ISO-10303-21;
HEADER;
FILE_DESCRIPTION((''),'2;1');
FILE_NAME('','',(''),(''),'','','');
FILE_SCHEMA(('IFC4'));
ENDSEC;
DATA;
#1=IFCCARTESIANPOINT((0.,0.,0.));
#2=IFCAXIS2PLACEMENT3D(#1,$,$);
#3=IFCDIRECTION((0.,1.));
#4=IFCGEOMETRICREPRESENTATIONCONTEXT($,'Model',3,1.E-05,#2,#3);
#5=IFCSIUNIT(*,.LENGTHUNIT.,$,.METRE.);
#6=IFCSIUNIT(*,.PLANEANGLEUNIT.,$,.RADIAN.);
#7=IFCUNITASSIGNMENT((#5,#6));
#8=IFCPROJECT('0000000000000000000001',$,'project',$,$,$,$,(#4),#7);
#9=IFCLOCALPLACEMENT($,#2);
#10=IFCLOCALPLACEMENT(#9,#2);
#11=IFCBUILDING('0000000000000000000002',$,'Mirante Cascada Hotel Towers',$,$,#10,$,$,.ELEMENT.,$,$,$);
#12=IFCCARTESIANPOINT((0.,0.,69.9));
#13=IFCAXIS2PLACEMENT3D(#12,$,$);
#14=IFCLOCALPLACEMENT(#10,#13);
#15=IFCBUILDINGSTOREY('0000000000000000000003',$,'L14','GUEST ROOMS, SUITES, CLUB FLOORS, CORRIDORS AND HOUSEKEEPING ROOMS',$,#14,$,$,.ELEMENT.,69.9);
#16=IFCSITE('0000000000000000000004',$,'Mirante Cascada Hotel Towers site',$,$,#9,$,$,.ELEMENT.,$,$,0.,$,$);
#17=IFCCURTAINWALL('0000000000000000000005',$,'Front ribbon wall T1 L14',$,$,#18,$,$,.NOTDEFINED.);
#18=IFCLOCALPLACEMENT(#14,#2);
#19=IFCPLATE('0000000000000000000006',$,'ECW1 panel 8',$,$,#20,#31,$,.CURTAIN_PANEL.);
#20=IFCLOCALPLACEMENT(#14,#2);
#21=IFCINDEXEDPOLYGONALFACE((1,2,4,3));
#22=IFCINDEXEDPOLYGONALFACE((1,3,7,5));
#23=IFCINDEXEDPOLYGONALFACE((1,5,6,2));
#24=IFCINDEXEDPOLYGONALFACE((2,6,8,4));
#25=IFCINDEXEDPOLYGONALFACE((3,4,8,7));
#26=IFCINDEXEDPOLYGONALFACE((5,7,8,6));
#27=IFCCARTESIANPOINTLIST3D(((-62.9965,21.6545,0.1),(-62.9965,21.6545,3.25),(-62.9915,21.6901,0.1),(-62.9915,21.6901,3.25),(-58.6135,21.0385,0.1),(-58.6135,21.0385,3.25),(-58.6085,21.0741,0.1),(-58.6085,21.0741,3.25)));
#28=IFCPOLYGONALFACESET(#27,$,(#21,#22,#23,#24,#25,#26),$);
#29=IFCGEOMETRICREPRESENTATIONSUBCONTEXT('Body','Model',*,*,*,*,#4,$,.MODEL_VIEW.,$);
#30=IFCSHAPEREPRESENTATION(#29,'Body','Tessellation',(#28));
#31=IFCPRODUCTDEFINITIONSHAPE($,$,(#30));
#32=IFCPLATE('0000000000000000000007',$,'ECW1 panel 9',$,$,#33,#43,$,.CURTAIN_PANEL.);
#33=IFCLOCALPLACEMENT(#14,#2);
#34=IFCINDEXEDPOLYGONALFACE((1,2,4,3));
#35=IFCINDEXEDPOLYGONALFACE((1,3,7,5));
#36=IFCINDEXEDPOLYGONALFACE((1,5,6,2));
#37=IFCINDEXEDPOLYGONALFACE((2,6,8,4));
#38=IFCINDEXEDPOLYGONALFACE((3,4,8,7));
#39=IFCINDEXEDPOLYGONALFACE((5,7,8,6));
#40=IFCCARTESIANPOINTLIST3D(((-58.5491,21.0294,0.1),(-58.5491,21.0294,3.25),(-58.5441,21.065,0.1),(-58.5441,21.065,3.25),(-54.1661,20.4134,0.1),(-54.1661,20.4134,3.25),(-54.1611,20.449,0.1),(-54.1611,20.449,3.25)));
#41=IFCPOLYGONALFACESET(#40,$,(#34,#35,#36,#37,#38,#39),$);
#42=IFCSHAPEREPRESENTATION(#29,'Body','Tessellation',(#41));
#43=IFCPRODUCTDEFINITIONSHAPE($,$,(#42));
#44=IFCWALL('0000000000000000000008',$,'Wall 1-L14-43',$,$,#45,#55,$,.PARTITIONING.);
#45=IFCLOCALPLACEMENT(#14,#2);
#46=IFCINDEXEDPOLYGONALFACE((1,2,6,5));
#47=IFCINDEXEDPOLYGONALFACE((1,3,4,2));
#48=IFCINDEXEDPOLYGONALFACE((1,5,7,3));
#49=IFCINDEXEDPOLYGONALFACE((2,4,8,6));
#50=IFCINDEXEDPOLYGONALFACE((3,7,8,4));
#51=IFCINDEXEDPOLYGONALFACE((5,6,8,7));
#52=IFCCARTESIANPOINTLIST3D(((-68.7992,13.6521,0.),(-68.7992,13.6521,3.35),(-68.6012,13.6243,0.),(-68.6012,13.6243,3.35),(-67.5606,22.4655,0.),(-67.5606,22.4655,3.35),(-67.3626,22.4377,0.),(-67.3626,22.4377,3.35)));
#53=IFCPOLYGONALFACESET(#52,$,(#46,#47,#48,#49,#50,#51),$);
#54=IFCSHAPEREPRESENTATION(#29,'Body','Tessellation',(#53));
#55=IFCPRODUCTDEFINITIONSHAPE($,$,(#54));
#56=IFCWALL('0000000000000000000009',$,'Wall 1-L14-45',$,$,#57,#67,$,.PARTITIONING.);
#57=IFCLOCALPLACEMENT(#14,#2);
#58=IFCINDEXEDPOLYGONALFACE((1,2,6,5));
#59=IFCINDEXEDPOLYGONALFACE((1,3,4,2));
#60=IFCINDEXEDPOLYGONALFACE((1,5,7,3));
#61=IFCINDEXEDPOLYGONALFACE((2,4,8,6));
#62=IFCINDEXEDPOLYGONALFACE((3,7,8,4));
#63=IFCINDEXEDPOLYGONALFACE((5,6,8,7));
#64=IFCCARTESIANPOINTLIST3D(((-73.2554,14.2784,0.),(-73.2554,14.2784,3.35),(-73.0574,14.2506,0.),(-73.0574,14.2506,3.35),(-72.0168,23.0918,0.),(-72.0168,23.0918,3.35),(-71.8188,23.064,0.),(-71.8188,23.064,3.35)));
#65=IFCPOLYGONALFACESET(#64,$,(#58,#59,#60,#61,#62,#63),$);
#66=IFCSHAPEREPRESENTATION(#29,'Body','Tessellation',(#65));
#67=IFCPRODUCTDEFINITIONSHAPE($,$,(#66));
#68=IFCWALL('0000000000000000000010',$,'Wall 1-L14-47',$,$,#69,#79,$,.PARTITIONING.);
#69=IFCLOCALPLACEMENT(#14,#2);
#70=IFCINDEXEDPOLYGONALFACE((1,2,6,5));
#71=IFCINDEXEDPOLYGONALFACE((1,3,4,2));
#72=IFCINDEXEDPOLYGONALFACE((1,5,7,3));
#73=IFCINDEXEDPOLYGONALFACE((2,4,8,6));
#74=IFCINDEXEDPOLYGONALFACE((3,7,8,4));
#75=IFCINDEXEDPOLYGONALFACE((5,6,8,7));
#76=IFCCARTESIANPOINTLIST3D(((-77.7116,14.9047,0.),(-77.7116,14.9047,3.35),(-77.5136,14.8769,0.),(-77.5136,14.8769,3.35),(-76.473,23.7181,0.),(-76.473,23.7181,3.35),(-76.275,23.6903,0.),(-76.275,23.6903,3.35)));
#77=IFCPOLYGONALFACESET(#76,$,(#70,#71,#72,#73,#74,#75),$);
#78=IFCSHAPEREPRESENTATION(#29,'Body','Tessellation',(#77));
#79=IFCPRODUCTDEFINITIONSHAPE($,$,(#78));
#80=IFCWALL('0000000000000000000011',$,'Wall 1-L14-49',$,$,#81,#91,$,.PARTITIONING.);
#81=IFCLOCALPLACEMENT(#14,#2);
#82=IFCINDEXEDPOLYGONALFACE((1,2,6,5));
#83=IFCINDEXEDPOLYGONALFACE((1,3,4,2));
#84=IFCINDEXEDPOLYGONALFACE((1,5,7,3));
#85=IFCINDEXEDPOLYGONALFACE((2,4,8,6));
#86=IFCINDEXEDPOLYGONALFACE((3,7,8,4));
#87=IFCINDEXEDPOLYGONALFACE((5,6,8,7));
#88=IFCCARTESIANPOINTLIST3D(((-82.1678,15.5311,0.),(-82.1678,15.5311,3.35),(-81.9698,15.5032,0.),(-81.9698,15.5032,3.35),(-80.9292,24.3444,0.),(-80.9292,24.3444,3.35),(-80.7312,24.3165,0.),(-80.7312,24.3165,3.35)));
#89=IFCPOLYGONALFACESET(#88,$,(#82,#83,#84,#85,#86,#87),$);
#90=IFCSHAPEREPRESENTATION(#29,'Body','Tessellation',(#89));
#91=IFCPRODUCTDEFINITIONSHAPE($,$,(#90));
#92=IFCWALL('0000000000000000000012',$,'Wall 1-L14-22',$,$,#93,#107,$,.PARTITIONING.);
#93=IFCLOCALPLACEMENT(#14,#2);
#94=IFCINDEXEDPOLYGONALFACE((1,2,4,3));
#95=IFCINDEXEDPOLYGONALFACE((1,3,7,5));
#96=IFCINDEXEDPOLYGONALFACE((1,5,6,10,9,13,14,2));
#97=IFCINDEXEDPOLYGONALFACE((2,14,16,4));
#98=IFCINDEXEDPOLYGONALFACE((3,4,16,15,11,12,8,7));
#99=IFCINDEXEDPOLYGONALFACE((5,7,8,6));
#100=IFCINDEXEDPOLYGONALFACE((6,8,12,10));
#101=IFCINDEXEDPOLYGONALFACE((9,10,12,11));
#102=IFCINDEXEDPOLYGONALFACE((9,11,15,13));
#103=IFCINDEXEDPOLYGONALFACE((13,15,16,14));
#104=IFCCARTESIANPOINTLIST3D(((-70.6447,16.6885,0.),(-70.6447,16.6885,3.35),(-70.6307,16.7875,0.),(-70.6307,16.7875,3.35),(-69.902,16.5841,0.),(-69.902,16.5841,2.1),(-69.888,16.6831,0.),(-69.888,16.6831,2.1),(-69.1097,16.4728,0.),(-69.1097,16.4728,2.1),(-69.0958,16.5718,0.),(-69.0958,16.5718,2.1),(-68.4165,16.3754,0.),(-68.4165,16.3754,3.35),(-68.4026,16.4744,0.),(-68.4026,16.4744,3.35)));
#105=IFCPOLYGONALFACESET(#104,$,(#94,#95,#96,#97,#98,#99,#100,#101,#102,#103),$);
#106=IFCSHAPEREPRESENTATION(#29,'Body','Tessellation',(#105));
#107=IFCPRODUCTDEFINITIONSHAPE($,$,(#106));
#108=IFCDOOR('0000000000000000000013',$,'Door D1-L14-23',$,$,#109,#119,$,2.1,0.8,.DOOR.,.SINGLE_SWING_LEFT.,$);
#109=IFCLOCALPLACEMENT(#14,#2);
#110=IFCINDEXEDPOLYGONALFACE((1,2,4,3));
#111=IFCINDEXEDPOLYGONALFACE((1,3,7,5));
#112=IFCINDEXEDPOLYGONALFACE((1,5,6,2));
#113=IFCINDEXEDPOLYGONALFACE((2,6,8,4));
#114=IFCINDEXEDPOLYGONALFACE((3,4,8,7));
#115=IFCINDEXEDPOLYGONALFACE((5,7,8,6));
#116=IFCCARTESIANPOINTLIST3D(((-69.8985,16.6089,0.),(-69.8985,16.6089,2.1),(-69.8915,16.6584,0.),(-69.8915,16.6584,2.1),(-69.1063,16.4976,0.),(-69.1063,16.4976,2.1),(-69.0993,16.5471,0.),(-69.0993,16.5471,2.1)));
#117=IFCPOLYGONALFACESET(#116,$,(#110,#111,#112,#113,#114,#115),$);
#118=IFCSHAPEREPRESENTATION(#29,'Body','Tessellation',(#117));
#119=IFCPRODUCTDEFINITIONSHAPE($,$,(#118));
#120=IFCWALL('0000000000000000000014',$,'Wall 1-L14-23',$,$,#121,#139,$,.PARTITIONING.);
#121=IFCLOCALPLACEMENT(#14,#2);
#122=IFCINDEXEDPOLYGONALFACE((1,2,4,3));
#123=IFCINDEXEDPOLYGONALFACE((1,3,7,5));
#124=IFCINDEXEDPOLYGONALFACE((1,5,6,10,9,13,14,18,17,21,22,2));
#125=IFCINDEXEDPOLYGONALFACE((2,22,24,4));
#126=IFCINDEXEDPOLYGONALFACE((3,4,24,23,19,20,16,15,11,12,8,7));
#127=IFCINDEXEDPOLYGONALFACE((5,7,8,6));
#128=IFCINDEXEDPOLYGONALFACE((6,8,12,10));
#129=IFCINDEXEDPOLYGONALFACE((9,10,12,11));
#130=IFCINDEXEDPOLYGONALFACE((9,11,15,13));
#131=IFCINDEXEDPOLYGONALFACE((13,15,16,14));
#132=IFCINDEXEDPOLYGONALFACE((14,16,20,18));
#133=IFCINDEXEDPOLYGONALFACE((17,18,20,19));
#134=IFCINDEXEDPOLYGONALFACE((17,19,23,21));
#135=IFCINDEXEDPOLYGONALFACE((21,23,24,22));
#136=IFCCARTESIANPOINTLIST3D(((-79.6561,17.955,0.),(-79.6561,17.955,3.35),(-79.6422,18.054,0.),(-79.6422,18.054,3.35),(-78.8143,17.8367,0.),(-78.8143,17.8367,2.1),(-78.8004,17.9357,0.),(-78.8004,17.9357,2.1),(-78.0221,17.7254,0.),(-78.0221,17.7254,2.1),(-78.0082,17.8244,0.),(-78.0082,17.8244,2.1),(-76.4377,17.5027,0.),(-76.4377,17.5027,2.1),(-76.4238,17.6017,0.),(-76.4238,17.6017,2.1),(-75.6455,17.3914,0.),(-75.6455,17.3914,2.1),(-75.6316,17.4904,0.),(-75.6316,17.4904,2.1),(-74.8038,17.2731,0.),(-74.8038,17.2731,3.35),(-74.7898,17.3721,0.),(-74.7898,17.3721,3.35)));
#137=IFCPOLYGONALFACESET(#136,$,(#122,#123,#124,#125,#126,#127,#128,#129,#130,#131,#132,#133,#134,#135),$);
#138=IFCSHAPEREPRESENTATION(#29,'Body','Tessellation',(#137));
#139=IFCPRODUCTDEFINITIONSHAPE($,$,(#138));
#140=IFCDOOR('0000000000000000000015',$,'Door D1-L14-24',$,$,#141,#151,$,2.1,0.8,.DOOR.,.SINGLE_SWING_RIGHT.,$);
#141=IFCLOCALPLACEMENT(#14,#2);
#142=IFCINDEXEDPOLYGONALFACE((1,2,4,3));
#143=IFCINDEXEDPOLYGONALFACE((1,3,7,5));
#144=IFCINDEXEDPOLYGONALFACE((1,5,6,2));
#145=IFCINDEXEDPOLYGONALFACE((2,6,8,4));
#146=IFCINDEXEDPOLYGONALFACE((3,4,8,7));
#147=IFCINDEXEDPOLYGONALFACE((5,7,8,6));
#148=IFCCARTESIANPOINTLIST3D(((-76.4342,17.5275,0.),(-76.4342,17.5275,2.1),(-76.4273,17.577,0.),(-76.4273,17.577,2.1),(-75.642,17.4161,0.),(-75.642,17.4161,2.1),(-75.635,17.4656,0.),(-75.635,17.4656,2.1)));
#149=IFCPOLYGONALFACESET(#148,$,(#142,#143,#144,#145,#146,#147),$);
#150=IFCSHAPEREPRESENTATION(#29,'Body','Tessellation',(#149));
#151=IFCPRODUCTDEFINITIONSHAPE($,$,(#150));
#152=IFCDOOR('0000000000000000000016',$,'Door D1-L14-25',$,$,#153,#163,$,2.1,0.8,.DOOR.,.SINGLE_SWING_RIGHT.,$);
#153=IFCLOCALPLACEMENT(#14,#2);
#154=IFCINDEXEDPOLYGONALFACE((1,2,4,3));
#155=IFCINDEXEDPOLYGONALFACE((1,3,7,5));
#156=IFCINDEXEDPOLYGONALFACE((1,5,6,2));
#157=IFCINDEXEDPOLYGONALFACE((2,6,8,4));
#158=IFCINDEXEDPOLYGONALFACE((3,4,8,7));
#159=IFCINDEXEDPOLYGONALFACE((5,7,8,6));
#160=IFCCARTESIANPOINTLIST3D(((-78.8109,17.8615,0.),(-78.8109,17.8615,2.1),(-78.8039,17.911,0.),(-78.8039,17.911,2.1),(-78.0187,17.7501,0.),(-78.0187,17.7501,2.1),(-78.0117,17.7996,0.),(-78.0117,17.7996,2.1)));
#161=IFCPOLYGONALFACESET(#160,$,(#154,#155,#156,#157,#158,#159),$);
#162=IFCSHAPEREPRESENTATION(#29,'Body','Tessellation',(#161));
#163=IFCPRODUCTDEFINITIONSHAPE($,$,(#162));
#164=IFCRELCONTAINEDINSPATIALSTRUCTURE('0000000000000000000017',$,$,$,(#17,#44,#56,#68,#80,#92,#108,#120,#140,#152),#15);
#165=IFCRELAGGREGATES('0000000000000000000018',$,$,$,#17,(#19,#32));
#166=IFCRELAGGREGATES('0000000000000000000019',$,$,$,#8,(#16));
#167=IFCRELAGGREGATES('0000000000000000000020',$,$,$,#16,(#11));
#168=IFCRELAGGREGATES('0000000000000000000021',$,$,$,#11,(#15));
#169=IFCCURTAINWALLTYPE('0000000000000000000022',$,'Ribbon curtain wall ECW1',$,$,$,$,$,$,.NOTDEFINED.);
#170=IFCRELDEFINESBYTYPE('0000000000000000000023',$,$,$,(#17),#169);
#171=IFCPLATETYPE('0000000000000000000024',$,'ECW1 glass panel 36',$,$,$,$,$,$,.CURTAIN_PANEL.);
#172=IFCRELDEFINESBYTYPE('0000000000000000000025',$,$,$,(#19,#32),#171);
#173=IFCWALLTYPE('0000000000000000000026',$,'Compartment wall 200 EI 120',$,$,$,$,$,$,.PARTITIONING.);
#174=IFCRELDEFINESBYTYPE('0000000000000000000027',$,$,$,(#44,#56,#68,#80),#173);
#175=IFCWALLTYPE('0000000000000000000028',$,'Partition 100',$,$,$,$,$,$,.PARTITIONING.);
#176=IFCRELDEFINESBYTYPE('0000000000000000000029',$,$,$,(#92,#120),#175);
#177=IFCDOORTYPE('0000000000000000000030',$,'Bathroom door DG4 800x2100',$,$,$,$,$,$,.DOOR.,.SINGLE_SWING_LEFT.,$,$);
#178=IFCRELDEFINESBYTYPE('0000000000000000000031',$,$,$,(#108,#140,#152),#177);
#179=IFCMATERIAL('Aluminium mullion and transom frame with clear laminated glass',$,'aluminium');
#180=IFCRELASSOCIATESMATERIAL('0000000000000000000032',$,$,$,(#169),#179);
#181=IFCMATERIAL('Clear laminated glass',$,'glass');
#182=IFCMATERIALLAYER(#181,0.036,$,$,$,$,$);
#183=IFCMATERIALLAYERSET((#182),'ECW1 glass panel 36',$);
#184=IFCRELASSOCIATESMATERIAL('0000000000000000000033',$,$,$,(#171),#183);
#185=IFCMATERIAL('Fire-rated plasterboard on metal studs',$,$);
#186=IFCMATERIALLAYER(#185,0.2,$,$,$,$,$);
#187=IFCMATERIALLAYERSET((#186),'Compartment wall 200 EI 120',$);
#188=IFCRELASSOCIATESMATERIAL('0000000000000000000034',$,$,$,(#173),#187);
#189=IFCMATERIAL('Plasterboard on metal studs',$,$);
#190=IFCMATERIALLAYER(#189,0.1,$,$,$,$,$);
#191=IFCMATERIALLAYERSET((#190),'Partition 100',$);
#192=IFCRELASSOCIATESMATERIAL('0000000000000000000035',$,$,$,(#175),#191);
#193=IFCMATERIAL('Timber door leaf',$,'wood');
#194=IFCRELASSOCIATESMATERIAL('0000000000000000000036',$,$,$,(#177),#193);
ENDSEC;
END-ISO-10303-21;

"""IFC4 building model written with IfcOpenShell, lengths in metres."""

from ifc_helpers import new_model, si_unit, direction, frame, frame_2d, origin, origin_2d, place, context, subcontext, project, spatial, rectangle, extrude, material, layer, layer_set, type_object, element, fill, aggregate, save


model = new_model("IFC4")

# Units and contexts
model_context = context("Model", 3, precision=1e-05, world=origin(), true_north=direction((0.0, 1.0)))
body_context = subcontext(model_context, "Body", "Model", "MODEL_VIEW")
ifc_project = project(units=[si_unit("LENGTHUNIT", "METRE"), si_unit("PLANEANGLEUNIT", "RADIAN")], contexts=[model_context])

# Site, building, storey
site_placement = place(None, origin())
site = spatial("IfcSite", under=ifc_project, at=site_placement, Name="Mirante Cascada Hotel Towers site", CompositionType="ELEMENT", RefElevation=0.0)
building_placement = place(site_placement, origin())
building = spatial("IfcBuilding", under=site, at=building_placement, Name="Mirante Cascada Hotel Towers", CompositionType="ELEMENT")
storey_placement = place(building_placement, frame((0.0, 0.0, 69.9)))
storey = spatial("IfcBuildingStorey", under=building, at=storey_placement, Name="L14", Description="GUEST ROOMS, SUITES, CLUB FLOORS, CORRIDORS AND HOUSEKEEPING ROOMS", CompositionType="ELEMENT", Elevation=69.9)

# Curtain wall, plates
ifc_material_1 = material(Name="Aluminium mullion and transom frame with clear laminated glass", Category="aluminium")
curtain_wall_type = type_object("IfcCurtainWallType", Name="Ribbon curtain wall ECW1", PredefinedType="NOTDEFINED", material=ifc_material_1)
curtain_wall_placement = place(storey_placement, origin())
curtain_wall = element("IfcCurtainWall", 1, at=curtain_wall_placement, inside=storey, type_object=curtain_wall_type, Name="Front ribbon wall T1 L14", PredefinedType="NOTDEFINED")
ifc_material_2 = material(Name="Clear laminated glass", Category="glass")
ifc_layer_1 = layer(ifc_material_2, 0.036)
ifc_layer_set_1 = layer_set([ifc_layer_1], Name="ECW1 glass panel 36")
plate_type = type_object("IfcPlateType", Name="ECW1 glass panel 36", PredefinedType="CURTAIN_PANEL", material=ifc_layer_set_1)
plate_1_placement = place(storey_placement, frame((-60.8025, 21.3643, 0.1), z_axis=(0.0, 0.0, 1.0), x_axis=(0.990268, -0.139173, 0.0)))
plate_1 = element("IfcPlate", 2, at=plate_1_placement, type_object=plate_type, Name="ECW1 panel 8", PredefinedType="CURTAIN_PANEL", context=body_context, shape_type="SweptSolid", body=[
    extrude(rectangle(XDim=4.4261, YDim=0.036, at=origin_2d()), origin(), (0.0, 0.0, 1.0), 3.15),
])
plate_2_placement = place(storey_placement, frame((-56.3551, 20.7392, 0.1), z_axis=(0.0, 0.0, 1.0), x_axis=(0.990268, -0.139173, 0.0)))
plate_2 = element("IfcPlate", 3, at=plate_2_placement, type_object=plate_type, Name="ECW1 panel 9", PredefinedType="CURTAIN_PANEL", context=body_context, shape_type="SweptSolid", body=[
    extrude(rectangle(XDim=4.4261, YDim=0.036, at=origin_2d()), origin(), (0.0, 0.0, 1.0), 3.15),
])
aggregate(curtain_wall, [plate_1, plate_2])

# Walls
ifc_material_3 = material(Name="Fire-rated plasterboard on metal studs")
ifc_layer_2 = layer(ifc_material_3, 0.2)
ifc_layer_set_2 = layer_set([ifc_layer_2], Name="Compartment wall 200 EI 120")
wall_type_1 = type_object("IfcWallType", Name="Compartment wall 200 EI 120", PredefinedType="PARTITIONING", material=ifc_layer_set_2)
for number, where, z_axis, x_axis, name in (
    (4, (-68.7002, 13.6382, 0.0), (0.0, 0.0, 1.0), (0.139168, 0.990269, 0.0), "Wall 1-L14-43"),
    (5, (-73.1564, 14.2645, 0.0), (0.0, 0.0, 1.0), (0.139168, 0.990269, 0.0), "Wall 1-L14-45"),
    (6, (-77.6126, 14.8908, 0.0), (0.0, 0.0, 1.0), (0.139168, 0.990269, 0.0), "Wall 1-L14-47"),
):
    element("IfcWall", number, at=place(storey_placement, frame(where, z_axis=z_axis, x_axis=x_axis)), inside=storey, type_object=wall_type_1, Name=name, PredefinedType="PARTITIONING", context=body_context, shape_type="SweptSolid", body=[
        extrude(rectangle(XDim=8.9, YDim=0.2, at=frame_2d((4.45, 0.0))), origin(), (0.0, 0.0, 1.0), 3.35),
    ])
wall_1_placement = place(storey_placement, frame((-82.0688, 15.5171, 0.0), z_axis=(0.0, 0.0, 1.0), x_axis=(0.13917, 0.990268, 0.0)))
element("IfcWall", 7, at=wall_1_placement, inside=storey, type_object=wall_type_1, Name="Wall 1-L14-49", PredefinedType="PARTITIONING", context=body_context, shape_type="SweptSolid", body=[
    extrude(rectangle(XDim=8.8999, YDim=0.2, at=frame_2d((4.45, 0.0))), origin(), (0.0, 0.0, 1.0), 3.35),
])

# Wall, opening, door
ifc_material_4 = material(Name="Plasterboard on metal studs")
ifc_layer_3 = layer(ifc_material_4, 0.1)
ifc_layer_set_3 = layer_set([ifc_layer_3], Name="Partition 100")
wall_type_2 = type_object("IfcWallType", Name="Partition 100", PredefinedType="PARTITIONING", material=ifc_layer_set_3)
wall_2_placement = place(storey_placement, frame((-70.6377, 16.738, 0.0), z_axis=(0.0, 0.0, 1.0), x_axis=(0.990271, -0.139156, 0.0)))
wall_2 = element("IfcWall", 8, at=wall_2_placement, inside=storey, type_object=wall_type_2, Name="Wall 1-L14-22", PredefinedType="PARTITIONING", context=body_context, shape_type="SweptSolid", body=[
    extrude(rectangle(XDim=2.25, YDim=0.1, at=frame_2d((1.125, 0.0))), origin(), (0.0, 0.0, 1.0), 3.35),
])
opening_1_placement = place(wall_2_placement, frame((0.75, 0.0, 0.0)))
opening_1 = element("IfcOpeningElement", 9, at=opening_1_placement, cuts=wall_2, PredefinedType="OPENING", context=body_context, shape_type="SweptSolid", body=[
    extrude(rectangle(XDim=0.8, YDim=2.1, at=frame_2d((0.4, 1.05))), frame((0.0, 0.05, 0.0), z_axis=(0.0, -1.0, 0.0), x_axis=(1.0, 0.0, 0.0)), (0.0, 0.0, 1.0), 0.1),
])
ifc_material_5 = material(Name="Timber door leaf", Category="wood")
door_type = type_object("IfcDoorType", Name="Bathroom door DG4 800x2100", OperationType="SINGLE_SWING_LEFT", PredefinedType="DOOR", material=ifc_material_5)
door_1_placement = place(opening_1_placement, origin())
door_1 = element("IfcDoor", 10, at=door_1_placement, inside=storey, type_object=door_type, Name="Door D1-L14-23", OperationType="SINGLE_SWING_LEFT", OverallHeight=2.1, OverallWidth=0.8, PredefinedType="DOOR", context=body_context, shape_type="SweptSolid", body=[
    extrude(rectangle(XDim=0.8, YDim=2.1, at=frame_2d((0.4, 1.05))), frame((0.0, 0.025, 0.0), z_axis=(0.0, -1.0, 0.0), x_axis=(1.0, 0.0, 0.0)), (0.0, 0.0, 1.0), 0.05),
])
fill(opening_1, door_1)

# Wall, openings, doors
wall_3_placement = place(storey_placement, frame((-74.7968, 17.3226, 0.0), z_axis=(0.0, 0.0, 1.0), x_axis=(-0.990269, 0.139164, 0.0)))
wall_3 = element("IfcWall", 11, at=wall_3_placement, inside=storey, type_object=wall_type_2, Name="Wall 1-L14-23", PredefinedType="PARTITIONING", context=body_context, shape_type="SweptSolid", body=[
    extrude(rectangle(XDim=4.9, YDim=0.1, at=frame_2d((2.45, 0.0))), origin(), (0.0, 0.0, 1.0), 3.35),
])
opening_2_placement = place(wall_3_placement, frame((0.85, 0.0, 0.0)))
opening_2 = element("IfcOpeningElement", 12, at=opening_2_placement, cuts=wall_3, PredefinedType="OPENING", context=body_context, shape_type="SweptSolid", body=[
    extrude(rectangle(XDim=0.8, YDim=2.1, at=frame_2d((0.4, 1.05))), frame((0.0, 0.05, 0.0), z_axis=(0.0, -1.0, 0.0), x_axis=(1.0, 0.0, 0.0)), (0.0, 0.0, 1.0), 0.1),
])
opening_3_placement = place(wall_3_placement, frame((3.25, 0.0, 0.0)))
opening_3 = element("IfcOpeningElement", 13, at=opening_3_placement, cuts=wall_3, PredefinedType="OPENING", context=body_context, shape_type="SweptSolid", body=[
    extrude(rectangle(XDim=0.8, YDim=2.1, at=frame_2d((0.4, 1.05))), frame((0.0, 0.05, 0.0), z_axis=(0.0, -1.0, 0.0), x_axis=(1.0, 0.0, 0.0)), (0.0, 0.0, 1.0), 0.1),
])
door_2_placement = place(opening_2_placement, frame((0.8, 0.0, 0.0), z_axis=(0.0, 0.0, 1.0), x_axis=(-1.0, 0.0, 0.0)))
door_2 = element("IfcDoor", 14, at=door_2_placement, inside=storey, type_object=door_type, Name="Door D1-L14-24", OperationType="SINGLE_SWING_RIGHT", OverallHeight=2.1, OverallWidth=0.8, PredefinedType="DOOR", context=body_context, shape_type="SweptSolid", body=[
    extrude(rectangle(XDim=0.8, YDim=2.1, at=frame_2d((0.4, 1.05))), frame((0.0, 0.025, 0.0), z_axis=(0.0, -1.0, 0.0), x_axis=(1.0, 0.0, 0.0)), (0.0, 0.0, 1.0), 0.05),
])
fill(opening_2, door_2)
door_3_placement = place(opening_3_placement, frame((0.8, 0.0, 0.0), z_axis=(0.0, 0.0, 1.0), x_axis=(-1.0, 0.0, 0.0)))
door_3 = element("IfcDoor", 15, at=door_3_placement, inside=storey, type_object=door_type, Name="Door D1-L14-25", OperationType="SINGLE_SWING_RIGHT", OverallHeight=2.1, OverallWidth=0.8, PredefinedType="DOOR", context=body_context, shape_type="SweptSolid", body=[
    extrude(rectangle(XDim=0.8, YDim=2.1, at=frame_2d((0.4, 1.05))), frame((0.0, 0.025, 0.0), z_axis=(0.0, -1.0, 0.0), x_axis=(1.0, 0.0, 0.0)), (0.0, 0.0, 1.0), 0.05),
])
fill(opening_3, door_3)

save(model, "model.ifc")
